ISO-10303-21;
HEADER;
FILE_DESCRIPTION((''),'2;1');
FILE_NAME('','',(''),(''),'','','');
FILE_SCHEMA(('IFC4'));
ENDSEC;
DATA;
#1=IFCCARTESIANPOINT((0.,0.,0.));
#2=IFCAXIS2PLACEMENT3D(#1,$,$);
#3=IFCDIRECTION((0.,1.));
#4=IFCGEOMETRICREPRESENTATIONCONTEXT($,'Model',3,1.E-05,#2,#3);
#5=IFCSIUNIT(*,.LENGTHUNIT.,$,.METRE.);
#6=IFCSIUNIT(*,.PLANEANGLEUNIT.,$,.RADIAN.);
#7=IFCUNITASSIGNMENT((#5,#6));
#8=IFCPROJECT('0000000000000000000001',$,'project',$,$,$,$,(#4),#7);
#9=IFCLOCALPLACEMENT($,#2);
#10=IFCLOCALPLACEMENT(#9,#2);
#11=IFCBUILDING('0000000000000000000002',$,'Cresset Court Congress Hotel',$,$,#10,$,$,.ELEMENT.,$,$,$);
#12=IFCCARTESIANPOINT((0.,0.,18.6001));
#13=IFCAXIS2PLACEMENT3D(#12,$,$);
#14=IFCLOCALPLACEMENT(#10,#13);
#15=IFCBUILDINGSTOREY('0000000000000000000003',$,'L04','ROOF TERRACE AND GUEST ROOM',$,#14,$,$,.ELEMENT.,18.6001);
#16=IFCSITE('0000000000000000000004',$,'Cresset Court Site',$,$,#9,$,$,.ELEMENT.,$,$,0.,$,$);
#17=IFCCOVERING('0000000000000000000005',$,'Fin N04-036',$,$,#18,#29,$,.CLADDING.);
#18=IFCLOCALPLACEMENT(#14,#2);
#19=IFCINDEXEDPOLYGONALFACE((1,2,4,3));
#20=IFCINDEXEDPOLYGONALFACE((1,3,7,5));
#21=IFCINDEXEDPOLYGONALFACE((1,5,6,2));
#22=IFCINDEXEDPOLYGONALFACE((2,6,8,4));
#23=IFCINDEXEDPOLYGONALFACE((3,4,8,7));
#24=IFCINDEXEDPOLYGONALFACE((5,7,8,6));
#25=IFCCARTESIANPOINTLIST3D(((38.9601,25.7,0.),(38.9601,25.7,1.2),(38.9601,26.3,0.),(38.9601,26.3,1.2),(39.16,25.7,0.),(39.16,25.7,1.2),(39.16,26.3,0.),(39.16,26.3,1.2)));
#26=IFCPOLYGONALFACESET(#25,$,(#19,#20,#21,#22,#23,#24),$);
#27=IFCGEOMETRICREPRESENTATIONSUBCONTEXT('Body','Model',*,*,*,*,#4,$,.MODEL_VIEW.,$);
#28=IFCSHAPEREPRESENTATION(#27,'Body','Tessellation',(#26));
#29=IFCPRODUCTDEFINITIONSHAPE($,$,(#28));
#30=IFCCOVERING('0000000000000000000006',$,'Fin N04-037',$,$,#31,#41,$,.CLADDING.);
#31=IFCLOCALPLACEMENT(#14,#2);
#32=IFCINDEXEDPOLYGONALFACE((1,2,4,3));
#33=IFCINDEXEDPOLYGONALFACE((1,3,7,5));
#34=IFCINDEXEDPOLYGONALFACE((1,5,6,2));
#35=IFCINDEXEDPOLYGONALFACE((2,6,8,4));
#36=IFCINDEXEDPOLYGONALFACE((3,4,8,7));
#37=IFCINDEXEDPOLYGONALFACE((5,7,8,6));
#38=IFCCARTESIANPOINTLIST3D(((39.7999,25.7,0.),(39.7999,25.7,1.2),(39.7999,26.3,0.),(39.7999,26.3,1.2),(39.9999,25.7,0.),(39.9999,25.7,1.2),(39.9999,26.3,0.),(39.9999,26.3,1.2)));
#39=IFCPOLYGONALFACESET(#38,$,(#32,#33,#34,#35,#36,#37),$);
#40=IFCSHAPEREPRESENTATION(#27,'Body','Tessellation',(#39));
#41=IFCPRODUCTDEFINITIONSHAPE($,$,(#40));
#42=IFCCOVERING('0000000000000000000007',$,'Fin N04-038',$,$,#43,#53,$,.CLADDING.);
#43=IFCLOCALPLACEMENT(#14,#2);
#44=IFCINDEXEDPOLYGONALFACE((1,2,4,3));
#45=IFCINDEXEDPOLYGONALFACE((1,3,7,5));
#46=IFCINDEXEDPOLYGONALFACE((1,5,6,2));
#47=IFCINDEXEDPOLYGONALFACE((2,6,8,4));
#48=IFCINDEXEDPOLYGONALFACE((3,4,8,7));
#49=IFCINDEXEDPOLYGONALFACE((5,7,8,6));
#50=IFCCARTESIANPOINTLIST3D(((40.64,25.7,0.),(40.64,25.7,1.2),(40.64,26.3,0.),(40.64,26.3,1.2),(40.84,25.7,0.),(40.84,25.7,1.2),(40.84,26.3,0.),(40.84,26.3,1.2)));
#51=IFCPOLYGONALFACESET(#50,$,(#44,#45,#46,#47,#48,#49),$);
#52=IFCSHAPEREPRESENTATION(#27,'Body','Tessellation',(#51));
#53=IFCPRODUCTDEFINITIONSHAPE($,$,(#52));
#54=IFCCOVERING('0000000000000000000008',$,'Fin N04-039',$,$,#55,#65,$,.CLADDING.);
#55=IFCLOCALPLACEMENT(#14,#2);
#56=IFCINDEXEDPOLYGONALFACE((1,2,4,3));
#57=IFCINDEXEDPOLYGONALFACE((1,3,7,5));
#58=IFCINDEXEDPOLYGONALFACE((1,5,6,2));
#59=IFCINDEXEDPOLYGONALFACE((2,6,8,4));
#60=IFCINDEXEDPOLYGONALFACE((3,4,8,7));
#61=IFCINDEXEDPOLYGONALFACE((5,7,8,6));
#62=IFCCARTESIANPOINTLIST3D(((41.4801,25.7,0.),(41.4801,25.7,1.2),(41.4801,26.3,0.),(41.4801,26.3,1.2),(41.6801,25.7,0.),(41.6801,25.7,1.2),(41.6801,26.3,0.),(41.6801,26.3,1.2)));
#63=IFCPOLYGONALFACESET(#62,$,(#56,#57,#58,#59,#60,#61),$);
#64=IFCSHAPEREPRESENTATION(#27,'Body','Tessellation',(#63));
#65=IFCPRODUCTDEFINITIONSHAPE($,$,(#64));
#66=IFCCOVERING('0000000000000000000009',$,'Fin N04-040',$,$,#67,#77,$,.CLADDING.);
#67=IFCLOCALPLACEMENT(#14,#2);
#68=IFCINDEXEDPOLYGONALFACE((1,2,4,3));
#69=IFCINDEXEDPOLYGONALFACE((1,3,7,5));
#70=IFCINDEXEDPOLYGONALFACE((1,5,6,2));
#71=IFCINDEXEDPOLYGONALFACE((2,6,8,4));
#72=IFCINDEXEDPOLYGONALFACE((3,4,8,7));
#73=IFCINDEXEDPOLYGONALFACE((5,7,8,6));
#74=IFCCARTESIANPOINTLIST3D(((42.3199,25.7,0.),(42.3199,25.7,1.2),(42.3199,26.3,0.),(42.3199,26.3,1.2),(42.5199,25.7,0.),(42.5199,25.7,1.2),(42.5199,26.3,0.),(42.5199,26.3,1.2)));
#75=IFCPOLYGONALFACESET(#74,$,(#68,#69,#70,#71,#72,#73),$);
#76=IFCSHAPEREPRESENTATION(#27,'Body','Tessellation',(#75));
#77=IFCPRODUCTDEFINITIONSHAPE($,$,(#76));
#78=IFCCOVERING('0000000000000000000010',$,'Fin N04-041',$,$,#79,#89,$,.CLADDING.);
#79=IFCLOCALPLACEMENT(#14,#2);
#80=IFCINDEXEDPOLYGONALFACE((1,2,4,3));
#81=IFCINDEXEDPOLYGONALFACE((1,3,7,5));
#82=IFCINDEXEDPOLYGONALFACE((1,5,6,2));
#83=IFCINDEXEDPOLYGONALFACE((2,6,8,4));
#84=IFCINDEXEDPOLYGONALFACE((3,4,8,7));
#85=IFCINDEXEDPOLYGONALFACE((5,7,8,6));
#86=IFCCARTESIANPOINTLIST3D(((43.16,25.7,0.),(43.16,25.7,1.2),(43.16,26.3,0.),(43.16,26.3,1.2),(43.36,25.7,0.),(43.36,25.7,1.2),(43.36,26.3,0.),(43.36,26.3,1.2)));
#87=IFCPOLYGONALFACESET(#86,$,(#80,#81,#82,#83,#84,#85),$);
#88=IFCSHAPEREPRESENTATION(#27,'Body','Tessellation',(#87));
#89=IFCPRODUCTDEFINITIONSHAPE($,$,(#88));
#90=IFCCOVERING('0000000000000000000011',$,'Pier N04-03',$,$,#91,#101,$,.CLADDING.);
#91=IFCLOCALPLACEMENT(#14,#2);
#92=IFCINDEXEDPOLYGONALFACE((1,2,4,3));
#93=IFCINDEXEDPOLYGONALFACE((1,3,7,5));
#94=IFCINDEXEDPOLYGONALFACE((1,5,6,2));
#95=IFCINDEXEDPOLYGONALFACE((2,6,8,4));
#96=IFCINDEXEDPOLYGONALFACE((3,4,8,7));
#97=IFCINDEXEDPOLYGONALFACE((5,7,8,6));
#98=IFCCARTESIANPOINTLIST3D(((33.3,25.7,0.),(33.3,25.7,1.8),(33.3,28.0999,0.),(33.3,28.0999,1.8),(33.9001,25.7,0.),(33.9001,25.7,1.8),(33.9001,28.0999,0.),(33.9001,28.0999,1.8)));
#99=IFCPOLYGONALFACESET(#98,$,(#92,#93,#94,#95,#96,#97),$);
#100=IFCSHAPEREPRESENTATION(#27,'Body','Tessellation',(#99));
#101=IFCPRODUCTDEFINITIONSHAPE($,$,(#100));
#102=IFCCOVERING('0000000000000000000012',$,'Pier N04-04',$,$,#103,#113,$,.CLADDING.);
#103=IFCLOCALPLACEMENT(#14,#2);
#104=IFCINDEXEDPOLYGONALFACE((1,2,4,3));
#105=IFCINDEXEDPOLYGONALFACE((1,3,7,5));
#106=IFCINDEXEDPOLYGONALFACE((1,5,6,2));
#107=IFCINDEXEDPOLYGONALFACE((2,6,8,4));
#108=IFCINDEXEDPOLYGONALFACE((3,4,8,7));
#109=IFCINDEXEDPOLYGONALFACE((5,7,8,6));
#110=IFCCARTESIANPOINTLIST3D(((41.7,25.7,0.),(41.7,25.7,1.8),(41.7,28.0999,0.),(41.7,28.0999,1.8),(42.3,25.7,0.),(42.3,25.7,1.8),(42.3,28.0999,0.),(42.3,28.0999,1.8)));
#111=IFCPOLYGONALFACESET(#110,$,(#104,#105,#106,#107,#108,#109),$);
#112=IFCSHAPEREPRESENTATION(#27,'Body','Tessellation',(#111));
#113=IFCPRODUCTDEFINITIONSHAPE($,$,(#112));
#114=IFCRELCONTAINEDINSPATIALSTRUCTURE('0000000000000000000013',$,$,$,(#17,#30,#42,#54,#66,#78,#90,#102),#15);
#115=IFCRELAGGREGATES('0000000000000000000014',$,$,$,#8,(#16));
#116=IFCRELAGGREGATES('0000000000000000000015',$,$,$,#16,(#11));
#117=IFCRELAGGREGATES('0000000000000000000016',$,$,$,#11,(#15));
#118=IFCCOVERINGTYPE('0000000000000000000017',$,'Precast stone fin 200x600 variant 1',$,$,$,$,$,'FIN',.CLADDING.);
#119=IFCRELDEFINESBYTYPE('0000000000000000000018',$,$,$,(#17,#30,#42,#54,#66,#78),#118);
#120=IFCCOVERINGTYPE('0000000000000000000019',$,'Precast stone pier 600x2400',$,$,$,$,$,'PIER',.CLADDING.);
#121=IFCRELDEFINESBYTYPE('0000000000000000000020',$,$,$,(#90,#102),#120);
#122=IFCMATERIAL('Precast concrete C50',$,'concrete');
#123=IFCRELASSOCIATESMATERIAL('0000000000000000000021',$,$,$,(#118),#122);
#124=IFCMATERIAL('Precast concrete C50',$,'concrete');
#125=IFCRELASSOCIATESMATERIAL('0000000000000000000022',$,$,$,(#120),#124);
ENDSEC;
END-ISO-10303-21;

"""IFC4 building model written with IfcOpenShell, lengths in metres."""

from ifc_helpers import new_model, si_unit, direction, frame, origin, origin_2d, place, context, subcontext, project, spatial, rectangle, extrude, material, type_object, element, save


model = new_model("IFC4")

# Units and contexts
model_context = context("Model", 3, precision=1e-05, world=origin(), true_north=direction((0.0, 1.0)))
body_context = subcontext(model_context, "Body", "Model", "MODEL_VIEW")
ifc_project = project(units=[si_unit("LENGTHUNIT", "METRE"), si_unit("PLANEANGLEUNIT", "RADIAN")], contexts=[model_context])

# Site, building, storey
site_placement = place(None, origin())
site = spatial("IfcSite", under=ifc_project, at=site_placement, Name="Cresset Court Site", CompositionType="ELEMENT", RefElevation=0.0)
building_placement = place(site_placement, origin())
building = spatial("IfcBuilding", under=site, at=building_placement, Name="Cresset Court Congress Hotel", CompositionType="ELEMENT")
storey_placement = place(building_placement, frame((0.0, 0.0, 18.6001)))
storey = spatial("IfcBuildingStorey", under=building, at=storey_placement, Name="L04", Description="ROOF TERRACE AND GUEST ROOM", CompositionType="ELEMENT", Elevation=18.6001)

# Coverings
ifc_material_1 = material(Name="Precast concrete C50", Category="concrete")
covering_type_1 = type_object("IfcCoveringType", Name="Precast stone fin 200x600 variant 1", ElementType="FIN", PredefinedType="CLADDING", material=ifc_material_1)
for number, where, z_axis, x_axis, name in (
    (1, (39.0601, 26.0, 0.0), (0.0, 0.0, 1.0), (1.0, 0.0, 0.0), "Fin N04-036"),
    (2, (39.8999, 26.0, 0.0), (0.0, 0.0, 1.0), (1.0, 0.0, 0.0), "Fin N04-037"),
    (3, (40.74, 26.0, 0.0), (0.0, 0.0, 1.0), (1.0, 0.0, 0.0), "Fin N04-038"),
    (4, (41.5801, 26.0, 0.0), (0.0, 0.0, 1.0), (1.0, 0.0, 0.0), "Fin N04-039"),
    (5, (42.4199, 26.0, 0.0), (0.0, 0.0, 1.0), (1.0, 0.0, 0.0), "Fin N04-040"),
    (6, (43.26, 26.0, 0.0), (0.0, 0.0, 1.0), (1.0, 0.0, 0.0), "Fin N04-041"),
):
    element("IfcCovering", number, at=place(storey_placement, frame(where, z_axis=z_axis, x_axis=x_axis)), inside=storey, type_object=covering_type_1, Name=name, PredefinedType="CLADDING", context=body_context, shape_type="SweptSolid", body=[
        extrude(rectangle(XDim=0.2, YDim=0.6001, at=origin_2d()), origin(), (0.0, 0.0, 1.0), 1.2),
    ])
ifc_material_2 = material(Name="Precast concrete C50", Category="concrete")
covering_type_2 = type_object("IfcCoveringType", Name="Precast stone pier 600x2400", ElementType="PIER", PredefinedType="CLADDING", material=ifc_material_2)
for number, where, z_axis, x_axis, name in (
    (7, (33.6001, 26.8999, 0.0), (0.0, 0.0, 1.0), (1.0, 0.0, 0.0), "Pier N04-03"),
    (8, (42.0, 26.8999, 0.0), (0.0, 0.0, 1.0), (1.0, 0.0, 0.0), "Pier N04-04"),
):
    element("IfcCovering", number, at=place(storey_placement, frame(where, z_axis=z_axis, x_axis=x_axis)), inside=storey, type_object=covering_type_2, Name=name, PredefinedType="CLADDING", context=body_context, shape_type="SweptSolid", body=[
        extrude(rectangle(XDim=0.6001, YDim=2.3999, at=origin_2d()), origin(), (0.0, 0.0, 1.0), 1.8),
    ])

save(model, "model.ifc")
